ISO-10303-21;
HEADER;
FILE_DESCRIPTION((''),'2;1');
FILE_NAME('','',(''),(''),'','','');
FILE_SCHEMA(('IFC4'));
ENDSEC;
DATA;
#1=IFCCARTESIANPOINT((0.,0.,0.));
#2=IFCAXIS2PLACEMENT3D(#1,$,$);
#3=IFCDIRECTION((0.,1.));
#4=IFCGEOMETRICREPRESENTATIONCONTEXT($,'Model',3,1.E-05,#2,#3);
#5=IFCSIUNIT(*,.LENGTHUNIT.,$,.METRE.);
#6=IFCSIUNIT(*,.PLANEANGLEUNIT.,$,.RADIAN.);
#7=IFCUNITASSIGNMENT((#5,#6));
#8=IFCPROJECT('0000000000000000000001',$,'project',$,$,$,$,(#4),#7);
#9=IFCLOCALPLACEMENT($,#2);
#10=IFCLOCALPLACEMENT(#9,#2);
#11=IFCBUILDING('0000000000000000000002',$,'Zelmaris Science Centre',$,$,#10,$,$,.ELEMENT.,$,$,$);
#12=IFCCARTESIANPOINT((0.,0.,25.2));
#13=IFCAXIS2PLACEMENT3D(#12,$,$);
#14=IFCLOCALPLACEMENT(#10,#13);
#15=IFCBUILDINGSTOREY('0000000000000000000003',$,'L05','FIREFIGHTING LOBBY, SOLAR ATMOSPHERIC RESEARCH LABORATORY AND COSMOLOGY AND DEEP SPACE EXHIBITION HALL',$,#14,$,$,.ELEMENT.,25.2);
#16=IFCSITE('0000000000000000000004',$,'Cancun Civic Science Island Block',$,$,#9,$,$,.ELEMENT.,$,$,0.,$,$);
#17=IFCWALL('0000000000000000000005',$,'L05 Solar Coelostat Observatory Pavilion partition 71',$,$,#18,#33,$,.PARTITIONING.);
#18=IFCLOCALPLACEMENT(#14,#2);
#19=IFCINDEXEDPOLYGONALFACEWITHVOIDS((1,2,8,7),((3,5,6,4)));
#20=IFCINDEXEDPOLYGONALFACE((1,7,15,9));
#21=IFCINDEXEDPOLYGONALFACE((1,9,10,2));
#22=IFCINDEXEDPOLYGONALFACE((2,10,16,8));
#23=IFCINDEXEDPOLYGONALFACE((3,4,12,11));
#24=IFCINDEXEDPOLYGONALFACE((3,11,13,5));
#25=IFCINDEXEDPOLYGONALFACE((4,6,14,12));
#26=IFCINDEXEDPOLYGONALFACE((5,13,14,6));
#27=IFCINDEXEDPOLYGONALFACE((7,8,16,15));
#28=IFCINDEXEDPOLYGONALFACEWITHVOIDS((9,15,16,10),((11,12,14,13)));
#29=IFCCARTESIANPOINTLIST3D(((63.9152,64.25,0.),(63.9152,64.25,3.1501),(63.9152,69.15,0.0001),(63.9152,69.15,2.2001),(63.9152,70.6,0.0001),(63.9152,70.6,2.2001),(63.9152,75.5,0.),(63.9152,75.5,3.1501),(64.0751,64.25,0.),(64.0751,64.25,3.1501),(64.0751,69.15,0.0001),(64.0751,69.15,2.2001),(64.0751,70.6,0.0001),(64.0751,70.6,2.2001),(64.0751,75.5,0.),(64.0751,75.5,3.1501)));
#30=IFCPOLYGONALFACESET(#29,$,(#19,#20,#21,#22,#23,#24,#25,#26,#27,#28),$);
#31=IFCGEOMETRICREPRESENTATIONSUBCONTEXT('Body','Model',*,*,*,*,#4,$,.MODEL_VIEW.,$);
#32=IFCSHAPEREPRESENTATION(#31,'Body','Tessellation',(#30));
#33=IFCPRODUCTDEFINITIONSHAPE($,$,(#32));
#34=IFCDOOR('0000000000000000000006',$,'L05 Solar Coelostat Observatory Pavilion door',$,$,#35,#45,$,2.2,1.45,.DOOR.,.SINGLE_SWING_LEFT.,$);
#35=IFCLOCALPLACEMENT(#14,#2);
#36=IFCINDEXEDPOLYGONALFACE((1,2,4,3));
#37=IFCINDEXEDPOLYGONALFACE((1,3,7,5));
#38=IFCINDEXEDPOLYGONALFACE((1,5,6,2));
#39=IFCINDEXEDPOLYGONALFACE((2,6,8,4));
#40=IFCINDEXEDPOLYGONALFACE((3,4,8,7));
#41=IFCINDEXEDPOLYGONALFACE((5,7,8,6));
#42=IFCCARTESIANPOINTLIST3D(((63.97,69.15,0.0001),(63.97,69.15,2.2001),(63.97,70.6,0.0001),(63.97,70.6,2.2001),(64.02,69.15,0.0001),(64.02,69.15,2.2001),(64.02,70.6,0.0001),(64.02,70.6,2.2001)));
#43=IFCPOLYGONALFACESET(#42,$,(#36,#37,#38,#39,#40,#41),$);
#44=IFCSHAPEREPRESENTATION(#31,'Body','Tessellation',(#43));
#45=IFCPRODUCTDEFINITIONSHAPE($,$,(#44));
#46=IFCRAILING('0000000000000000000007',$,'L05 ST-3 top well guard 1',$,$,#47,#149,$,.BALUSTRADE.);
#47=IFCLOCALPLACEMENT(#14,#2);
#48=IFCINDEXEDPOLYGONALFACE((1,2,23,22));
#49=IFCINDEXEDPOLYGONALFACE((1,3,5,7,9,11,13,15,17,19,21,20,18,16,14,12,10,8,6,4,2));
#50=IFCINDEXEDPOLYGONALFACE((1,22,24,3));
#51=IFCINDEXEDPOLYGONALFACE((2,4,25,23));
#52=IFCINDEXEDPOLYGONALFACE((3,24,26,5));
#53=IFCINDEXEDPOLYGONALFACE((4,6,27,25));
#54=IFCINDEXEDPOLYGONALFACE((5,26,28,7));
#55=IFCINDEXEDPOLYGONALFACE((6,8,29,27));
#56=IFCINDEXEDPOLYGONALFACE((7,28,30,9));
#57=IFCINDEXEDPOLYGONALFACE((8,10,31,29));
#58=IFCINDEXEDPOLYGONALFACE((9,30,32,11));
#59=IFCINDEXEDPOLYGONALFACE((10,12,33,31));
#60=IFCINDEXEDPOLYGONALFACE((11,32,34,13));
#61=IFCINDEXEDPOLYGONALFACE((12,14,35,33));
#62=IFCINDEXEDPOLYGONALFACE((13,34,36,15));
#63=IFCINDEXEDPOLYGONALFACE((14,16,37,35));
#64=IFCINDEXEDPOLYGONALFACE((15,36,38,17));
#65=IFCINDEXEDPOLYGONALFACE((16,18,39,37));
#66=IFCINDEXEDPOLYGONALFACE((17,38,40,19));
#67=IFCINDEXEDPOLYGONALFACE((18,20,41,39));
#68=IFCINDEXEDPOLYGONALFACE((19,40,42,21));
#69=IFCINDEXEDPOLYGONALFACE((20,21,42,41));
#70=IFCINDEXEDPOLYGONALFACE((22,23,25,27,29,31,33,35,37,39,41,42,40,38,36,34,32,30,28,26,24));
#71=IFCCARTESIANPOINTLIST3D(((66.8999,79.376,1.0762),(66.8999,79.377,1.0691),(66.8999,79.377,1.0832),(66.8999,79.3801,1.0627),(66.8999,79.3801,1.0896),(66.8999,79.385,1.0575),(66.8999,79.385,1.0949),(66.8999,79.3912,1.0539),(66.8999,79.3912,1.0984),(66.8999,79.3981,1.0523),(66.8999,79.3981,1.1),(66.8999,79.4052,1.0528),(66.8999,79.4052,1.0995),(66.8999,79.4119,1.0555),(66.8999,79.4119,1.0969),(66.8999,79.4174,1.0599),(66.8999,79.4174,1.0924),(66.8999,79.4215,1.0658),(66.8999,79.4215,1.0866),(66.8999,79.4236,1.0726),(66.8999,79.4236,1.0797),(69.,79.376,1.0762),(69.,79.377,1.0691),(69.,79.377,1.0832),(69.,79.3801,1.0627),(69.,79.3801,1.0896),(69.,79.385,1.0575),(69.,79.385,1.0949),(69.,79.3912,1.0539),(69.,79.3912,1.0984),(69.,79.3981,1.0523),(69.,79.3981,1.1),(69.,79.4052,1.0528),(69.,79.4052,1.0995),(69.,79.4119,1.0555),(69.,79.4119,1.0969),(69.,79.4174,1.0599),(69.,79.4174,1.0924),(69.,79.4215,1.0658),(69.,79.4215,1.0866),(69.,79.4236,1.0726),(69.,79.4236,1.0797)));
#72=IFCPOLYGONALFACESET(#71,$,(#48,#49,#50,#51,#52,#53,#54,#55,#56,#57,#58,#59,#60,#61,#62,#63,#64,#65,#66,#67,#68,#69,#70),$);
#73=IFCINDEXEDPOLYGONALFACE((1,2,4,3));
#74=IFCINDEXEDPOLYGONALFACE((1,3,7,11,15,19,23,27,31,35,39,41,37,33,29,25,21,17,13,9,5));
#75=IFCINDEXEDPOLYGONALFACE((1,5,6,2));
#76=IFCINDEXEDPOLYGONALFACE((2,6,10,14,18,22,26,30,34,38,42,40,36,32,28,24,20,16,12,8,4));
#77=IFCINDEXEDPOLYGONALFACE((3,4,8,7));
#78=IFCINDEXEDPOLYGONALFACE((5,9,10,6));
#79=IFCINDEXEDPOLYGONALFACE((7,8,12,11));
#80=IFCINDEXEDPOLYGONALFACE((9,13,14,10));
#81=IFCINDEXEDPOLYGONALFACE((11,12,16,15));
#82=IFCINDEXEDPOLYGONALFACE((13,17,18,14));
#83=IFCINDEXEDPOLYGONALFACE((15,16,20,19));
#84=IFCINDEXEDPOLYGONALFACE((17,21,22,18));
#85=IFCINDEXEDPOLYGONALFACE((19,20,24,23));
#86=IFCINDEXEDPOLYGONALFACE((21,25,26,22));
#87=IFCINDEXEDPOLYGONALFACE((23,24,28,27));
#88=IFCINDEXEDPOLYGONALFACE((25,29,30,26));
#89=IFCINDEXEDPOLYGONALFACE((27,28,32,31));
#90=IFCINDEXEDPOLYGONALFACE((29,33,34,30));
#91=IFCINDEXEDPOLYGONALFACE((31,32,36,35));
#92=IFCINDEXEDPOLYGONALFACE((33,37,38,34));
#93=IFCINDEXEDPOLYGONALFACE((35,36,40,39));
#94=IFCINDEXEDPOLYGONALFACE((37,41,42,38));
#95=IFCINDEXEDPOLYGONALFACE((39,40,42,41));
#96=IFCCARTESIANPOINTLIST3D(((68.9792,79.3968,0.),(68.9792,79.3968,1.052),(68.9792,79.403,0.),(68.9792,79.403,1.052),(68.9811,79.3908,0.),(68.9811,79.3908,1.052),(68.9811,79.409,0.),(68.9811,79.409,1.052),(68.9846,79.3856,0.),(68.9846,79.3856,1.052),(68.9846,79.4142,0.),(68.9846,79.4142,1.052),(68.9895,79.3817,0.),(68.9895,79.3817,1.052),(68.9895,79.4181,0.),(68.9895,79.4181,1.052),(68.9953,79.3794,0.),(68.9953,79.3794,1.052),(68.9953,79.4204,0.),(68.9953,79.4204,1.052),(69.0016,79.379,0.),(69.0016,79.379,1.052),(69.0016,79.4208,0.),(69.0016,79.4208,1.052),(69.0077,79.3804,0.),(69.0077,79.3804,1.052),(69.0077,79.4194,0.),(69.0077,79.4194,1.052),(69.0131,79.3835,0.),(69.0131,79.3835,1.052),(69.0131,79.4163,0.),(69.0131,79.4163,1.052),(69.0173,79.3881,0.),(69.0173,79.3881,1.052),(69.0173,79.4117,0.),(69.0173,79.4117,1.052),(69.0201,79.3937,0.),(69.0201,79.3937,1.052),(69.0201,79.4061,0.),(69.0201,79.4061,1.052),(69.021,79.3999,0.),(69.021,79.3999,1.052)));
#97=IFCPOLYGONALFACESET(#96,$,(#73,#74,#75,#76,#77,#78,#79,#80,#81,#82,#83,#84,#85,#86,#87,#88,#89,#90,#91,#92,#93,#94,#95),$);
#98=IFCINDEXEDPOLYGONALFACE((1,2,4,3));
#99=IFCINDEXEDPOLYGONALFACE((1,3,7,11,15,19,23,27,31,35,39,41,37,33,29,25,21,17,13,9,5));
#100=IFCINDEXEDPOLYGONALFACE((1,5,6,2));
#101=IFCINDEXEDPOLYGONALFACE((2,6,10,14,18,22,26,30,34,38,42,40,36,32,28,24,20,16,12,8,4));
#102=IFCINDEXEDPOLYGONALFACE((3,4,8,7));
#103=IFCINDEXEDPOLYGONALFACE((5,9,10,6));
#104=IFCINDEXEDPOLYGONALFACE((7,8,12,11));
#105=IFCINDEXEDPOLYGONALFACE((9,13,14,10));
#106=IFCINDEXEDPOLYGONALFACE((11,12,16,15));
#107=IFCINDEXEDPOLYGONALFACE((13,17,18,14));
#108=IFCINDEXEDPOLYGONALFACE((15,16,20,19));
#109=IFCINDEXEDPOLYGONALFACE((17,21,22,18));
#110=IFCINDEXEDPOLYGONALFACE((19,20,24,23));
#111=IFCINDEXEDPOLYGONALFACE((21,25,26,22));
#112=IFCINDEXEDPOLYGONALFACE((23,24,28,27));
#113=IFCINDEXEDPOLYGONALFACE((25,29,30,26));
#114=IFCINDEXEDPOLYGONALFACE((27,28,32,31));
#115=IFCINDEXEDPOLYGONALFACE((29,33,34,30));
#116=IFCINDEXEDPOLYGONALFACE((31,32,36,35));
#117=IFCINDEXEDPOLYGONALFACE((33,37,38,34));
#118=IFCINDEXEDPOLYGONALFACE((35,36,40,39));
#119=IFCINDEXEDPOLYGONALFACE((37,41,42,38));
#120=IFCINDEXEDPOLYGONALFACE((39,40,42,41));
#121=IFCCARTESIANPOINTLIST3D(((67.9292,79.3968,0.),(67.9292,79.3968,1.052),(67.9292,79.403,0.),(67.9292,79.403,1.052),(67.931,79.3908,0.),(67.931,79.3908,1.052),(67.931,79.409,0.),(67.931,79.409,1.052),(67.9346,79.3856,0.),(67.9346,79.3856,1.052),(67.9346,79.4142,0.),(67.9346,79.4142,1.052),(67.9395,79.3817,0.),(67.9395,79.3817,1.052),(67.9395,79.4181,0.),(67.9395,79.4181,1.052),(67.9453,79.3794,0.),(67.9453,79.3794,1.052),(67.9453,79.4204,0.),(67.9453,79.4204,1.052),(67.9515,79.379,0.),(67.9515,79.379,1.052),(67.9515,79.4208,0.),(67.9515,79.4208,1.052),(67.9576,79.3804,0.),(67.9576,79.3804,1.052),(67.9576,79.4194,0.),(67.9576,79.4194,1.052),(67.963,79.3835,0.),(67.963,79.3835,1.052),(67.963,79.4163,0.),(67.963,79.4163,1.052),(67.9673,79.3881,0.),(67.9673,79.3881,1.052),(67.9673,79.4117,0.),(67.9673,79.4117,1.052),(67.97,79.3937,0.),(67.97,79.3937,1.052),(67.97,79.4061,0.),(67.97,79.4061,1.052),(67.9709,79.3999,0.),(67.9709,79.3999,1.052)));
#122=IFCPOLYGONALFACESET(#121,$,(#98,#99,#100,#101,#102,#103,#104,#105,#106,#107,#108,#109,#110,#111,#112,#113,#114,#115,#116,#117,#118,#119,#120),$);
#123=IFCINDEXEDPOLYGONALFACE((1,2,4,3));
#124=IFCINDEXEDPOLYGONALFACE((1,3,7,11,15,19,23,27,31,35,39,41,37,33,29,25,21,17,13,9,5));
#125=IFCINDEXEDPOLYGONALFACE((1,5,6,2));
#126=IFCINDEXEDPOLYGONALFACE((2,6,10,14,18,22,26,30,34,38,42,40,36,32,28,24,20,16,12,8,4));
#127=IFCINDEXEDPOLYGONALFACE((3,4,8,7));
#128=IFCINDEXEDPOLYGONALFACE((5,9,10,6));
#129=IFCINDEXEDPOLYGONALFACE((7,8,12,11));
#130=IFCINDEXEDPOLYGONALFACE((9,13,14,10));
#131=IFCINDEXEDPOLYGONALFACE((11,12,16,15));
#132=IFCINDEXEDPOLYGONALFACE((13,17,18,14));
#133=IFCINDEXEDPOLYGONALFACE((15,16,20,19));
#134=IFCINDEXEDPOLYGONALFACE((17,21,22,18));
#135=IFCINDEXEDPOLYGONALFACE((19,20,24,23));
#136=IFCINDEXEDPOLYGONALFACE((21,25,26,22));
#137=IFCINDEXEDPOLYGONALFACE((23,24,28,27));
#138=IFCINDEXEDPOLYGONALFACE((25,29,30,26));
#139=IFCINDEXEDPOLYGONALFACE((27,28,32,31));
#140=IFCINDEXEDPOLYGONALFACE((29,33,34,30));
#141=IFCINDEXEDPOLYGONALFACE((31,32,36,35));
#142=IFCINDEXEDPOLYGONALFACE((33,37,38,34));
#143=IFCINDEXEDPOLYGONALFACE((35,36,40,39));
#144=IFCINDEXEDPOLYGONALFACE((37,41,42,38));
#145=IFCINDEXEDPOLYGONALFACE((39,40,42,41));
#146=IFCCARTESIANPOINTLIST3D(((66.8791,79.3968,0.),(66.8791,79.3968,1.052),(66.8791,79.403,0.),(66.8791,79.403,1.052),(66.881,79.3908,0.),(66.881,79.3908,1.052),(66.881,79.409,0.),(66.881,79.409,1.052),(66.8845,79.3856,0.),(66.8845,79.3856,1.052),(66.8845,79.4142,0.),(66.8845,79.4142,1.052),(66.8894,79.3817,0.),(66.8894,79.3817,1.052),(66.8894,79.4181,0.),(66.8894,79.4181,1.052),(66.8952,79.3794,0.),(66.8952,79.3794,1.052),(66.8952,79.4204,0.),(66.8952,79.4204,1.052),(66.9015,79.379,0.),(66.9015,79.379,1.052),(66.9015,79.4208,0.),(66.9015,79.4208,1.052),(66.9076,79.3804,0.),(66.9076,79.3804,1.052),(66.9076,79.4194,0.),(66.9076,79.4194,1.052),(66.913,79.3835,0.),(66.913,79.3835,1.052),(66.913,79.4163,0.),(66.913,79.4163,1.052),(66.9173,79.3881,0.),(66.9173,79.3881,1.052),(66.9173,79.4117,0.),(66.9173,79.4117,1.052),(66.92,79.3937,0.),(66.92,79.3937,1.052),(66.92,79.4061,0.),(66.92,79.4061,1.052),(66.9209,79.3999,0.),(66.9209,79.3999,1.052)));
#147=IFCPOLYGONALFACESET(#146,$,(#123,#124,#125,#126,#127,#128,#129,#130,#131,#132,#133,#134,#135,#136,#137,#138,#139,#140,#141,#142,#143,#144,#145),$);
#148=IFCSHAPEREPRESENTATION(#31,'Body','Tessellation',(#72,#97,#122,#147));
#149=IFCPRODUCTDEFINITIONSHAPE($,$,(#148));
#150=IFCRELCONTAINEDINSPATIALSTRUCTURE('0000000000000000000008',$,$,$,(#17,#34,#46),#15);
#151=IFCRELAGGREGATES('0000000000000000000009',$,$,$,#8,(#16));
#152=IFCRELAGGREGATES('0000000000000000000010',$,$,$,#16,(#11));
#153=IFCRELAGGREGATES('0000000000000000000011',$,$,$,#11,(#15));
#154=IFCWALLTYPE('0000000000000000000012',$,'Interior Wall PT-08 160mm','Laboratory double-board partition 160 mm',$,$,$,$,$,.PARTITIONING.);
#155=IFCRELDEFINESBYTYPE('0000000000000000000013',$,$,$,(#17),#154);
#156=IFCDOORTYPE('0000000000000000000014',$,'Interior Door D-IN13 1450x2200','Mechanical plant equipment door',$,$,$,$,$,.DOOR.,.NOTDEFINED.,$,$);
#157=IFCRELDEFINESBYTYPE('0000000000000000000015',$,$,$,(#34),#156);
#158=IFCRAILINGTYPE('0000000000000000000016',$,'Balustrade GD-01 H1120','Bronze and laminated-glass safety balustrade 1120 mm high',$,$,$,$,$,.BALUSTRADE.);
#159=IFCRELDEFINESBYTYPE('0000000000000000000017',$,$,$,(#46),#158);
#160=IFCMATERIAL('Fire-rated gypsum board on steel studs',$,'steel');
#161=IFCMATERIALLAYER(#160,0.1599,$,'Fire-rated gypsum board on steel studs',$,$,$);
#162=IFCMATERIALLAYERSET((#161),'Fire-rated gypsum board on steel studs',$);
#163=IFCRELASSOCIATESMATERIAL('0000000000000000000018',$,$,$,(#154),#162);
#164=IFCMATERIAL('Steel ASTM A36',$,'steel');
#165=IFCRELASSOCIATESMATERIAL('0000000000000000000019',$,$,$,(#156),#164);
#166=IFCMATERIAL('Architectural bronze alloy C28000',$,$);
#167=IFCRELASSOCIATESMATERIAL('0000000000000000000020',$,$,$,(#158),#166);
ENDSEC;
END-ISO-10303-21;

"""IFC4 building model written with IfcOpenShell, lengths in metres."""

from ifc_helpers import new_model, si_unit, direction, frame, frame_2d, origin, origin_2d, place, context, subcontext, project, spatial, rectangle, circle, extrude, material, layer, layer_set, type_object, element, fill, save


model = new_model("IFC4")

# Units and contexts
model_context = context("Model", 3, precision=1e-05, world=origin(), true_north=direction((0.0, 1.0)))
body_context = subcontext(model_context, "Body", "Model", "MODEL_VIEW")
ifc_project = project(units=[si_unit("LENGTHUNIT", "METRE"), si_unit("PLANEANGLEUNIT", "RADIAN")], contexts=[model_context])

# Site, building, storey
site_placement = place(None, origin())
site = spatial("IfcSite", under=ifc_project, at=site_placement, Name="Cancun Civic Science Island Block", CompositionType="ELEMENT", RefElevation=0.0)
building_placement = place(site_placement, origin())
building = spatial("IfcBuilding", under=site, at=building_placement, Name="Zelmaris Science Centre", CompositionType="ELEMENT")
storey_placement = place(building_placement, frame((0.0, 0.0, 25.2)))
storey = spatial("IfcBuildingStorey", under=building, at=storey_placement, Name="L05", Description="FIREFIGHTING LOBBY, SOLAR ATMOSPHERIC RESEARCH LABORATORY AND COSMOLOGY AND DEEP SPACE EXHIBITION HALL", CompositionType="ELEMENT", Elevation=25.2)

# Shared definitions
ifc_material_1 = material(Name="Steel ASTM A36", Category="steel")

# Wall, opening, door
ifc_material_2 = material(Name="Fire-rated gypsum board on steel studs", Category="steel")
ifc_layer_1 = layer(ifc_material_2, 0.1599, Name="Fire-rated gypsum board on steel studs")
ifc_layer_set_1 = layer_set([ifc_layer_1], Name="Fire-rated gypsum board on steel studs")
wall_type_1 = type_object("IfcWallType", Name="Interior Wall PT-08 160mm", Description="Laboratory double-board partition 160 mm", PredefinedType="PARTITIONING", material=ifc_layer_set_1)
wall_1_placement = place(storey_placement, frame((63.9951, 75.5, 0.0), z_axis=(0.0, 0.0, 1.0), x_axis=(0.0, -1.0, 0.0)))
wall_1 = element("IfcWall", 1, at=wall_1_placement, inside=storey, type_object=wall_type_1, Name="L05 Solar Coelostat Observatory Pavilion partition 71", PredefinedType="PARTITIONING", context=body_context, shape_type="SweptSolid", body=[
    extrude(rectangle(XDim=11.25, YDim=0.1599, at=frame_2d((5.625, 0.0))), origin(), (0.0, 0.0, 1.0), 3.1501),
])
opening_1_placement = place(wall_1_placement, frame((4.8999, 0.0, 0.0)))
opening_1 = element("IfcOpeningElement", 2, at=opening_1_placement, cuts=wall_1, PredefinedType="OPENING", context=body_context, shape_type="SweptSolid", body=[
    extrude(rectangle(XDim=1.45, YDim=2.2, at=frame_2d((0.7251, 1.1001))), frame((0.0, 0.0898, 0.0), z_axis=(0.0, -1.0, 0.0), x_axis=(1.0, 0.0, 0.0)), (0.0, 0.0, 1.0), 0.1799),
])
door_type_1 = type_object("IfcDoorType", Name="Interior Door D-IN13 1450x2200", Description="Mechanical plant equipment door", OperationType="NOTDEFINED", PredefinedType="DOOR", material=ifc_material_1)
door_1_placement = place(opening_1_placement, origin())
door_1 = element("IfcDoor", 3, at=door_1_placement, inside=storey, type_object=door_type_1, Name="L05 Solar Coelostat Observatory Pavilion door", OperationType="SINGLE_SWING_LEFT", OverallHeight=2.2, OverallWidth=1.45, PredefinedType="DOOR", context=body_context, shape_type="SweptSolid", body=[
    extrude(rectangle(XDim=1.45, YDim=2.2, at=frame_2d((0.7251, 1.1001))), frame((0.0, 0.0249, 0.0), z_axis=(0.0, -1.0, 0.0), x_axis=(1.0, 0.0, 0.0)), (0.0, 0.0, 1.0), 0.05),
])
fill(opening_1, door_1)

# Railing
ifc_material_3 = material(Name="Architectural bronze alloy C28000")
railing_type = type_object("IfcRailingType", Name="Balustrade GD-01 H1120", Description="Bronze and laminated-glass safety balustrade 1120 mm high", PredefinedType="BALUSTRADE", material=ifc_material_3)
railing_placement = place(storey_placement, frame((69.0, 79.3999, 0.0)))
element("IfcRailing", 4, at=railing_placement, inside=storey, type_object=railing_type, Name="L05 ST-3 top well guard 1", PredefinedType="BALUSTRADE", context=body_context, shape_type="SweptSolid", body=[
    extrude(circle(Radius=0.0239, at=origin_2d()), frame((0.0, 0.0, 1.0762), z_axis=(-1.0, 0.0, 0.0), x_axis=(0.0, -1.0, 0.0)), (0.0, 0.0, 1.0), 2.1001),
    extrude(circle(Radius=0.021, at=origin_2d()), origin(), (0.0, 0.0, 1.0), 1.052),
    extrude(circle(Radius=0.021, at=origin_2d()), frame((-1.05, 0.0, 0.0)), (0.0, 0.0, 1.0), 1.052),
    extrude(circle(Radius=0.021, at=origin_2d()), frame((-2.1001, 0.0, 0.0)), (0.0, 0.0, 1.0), 1.052),
])

save(model, "model.ifc")
